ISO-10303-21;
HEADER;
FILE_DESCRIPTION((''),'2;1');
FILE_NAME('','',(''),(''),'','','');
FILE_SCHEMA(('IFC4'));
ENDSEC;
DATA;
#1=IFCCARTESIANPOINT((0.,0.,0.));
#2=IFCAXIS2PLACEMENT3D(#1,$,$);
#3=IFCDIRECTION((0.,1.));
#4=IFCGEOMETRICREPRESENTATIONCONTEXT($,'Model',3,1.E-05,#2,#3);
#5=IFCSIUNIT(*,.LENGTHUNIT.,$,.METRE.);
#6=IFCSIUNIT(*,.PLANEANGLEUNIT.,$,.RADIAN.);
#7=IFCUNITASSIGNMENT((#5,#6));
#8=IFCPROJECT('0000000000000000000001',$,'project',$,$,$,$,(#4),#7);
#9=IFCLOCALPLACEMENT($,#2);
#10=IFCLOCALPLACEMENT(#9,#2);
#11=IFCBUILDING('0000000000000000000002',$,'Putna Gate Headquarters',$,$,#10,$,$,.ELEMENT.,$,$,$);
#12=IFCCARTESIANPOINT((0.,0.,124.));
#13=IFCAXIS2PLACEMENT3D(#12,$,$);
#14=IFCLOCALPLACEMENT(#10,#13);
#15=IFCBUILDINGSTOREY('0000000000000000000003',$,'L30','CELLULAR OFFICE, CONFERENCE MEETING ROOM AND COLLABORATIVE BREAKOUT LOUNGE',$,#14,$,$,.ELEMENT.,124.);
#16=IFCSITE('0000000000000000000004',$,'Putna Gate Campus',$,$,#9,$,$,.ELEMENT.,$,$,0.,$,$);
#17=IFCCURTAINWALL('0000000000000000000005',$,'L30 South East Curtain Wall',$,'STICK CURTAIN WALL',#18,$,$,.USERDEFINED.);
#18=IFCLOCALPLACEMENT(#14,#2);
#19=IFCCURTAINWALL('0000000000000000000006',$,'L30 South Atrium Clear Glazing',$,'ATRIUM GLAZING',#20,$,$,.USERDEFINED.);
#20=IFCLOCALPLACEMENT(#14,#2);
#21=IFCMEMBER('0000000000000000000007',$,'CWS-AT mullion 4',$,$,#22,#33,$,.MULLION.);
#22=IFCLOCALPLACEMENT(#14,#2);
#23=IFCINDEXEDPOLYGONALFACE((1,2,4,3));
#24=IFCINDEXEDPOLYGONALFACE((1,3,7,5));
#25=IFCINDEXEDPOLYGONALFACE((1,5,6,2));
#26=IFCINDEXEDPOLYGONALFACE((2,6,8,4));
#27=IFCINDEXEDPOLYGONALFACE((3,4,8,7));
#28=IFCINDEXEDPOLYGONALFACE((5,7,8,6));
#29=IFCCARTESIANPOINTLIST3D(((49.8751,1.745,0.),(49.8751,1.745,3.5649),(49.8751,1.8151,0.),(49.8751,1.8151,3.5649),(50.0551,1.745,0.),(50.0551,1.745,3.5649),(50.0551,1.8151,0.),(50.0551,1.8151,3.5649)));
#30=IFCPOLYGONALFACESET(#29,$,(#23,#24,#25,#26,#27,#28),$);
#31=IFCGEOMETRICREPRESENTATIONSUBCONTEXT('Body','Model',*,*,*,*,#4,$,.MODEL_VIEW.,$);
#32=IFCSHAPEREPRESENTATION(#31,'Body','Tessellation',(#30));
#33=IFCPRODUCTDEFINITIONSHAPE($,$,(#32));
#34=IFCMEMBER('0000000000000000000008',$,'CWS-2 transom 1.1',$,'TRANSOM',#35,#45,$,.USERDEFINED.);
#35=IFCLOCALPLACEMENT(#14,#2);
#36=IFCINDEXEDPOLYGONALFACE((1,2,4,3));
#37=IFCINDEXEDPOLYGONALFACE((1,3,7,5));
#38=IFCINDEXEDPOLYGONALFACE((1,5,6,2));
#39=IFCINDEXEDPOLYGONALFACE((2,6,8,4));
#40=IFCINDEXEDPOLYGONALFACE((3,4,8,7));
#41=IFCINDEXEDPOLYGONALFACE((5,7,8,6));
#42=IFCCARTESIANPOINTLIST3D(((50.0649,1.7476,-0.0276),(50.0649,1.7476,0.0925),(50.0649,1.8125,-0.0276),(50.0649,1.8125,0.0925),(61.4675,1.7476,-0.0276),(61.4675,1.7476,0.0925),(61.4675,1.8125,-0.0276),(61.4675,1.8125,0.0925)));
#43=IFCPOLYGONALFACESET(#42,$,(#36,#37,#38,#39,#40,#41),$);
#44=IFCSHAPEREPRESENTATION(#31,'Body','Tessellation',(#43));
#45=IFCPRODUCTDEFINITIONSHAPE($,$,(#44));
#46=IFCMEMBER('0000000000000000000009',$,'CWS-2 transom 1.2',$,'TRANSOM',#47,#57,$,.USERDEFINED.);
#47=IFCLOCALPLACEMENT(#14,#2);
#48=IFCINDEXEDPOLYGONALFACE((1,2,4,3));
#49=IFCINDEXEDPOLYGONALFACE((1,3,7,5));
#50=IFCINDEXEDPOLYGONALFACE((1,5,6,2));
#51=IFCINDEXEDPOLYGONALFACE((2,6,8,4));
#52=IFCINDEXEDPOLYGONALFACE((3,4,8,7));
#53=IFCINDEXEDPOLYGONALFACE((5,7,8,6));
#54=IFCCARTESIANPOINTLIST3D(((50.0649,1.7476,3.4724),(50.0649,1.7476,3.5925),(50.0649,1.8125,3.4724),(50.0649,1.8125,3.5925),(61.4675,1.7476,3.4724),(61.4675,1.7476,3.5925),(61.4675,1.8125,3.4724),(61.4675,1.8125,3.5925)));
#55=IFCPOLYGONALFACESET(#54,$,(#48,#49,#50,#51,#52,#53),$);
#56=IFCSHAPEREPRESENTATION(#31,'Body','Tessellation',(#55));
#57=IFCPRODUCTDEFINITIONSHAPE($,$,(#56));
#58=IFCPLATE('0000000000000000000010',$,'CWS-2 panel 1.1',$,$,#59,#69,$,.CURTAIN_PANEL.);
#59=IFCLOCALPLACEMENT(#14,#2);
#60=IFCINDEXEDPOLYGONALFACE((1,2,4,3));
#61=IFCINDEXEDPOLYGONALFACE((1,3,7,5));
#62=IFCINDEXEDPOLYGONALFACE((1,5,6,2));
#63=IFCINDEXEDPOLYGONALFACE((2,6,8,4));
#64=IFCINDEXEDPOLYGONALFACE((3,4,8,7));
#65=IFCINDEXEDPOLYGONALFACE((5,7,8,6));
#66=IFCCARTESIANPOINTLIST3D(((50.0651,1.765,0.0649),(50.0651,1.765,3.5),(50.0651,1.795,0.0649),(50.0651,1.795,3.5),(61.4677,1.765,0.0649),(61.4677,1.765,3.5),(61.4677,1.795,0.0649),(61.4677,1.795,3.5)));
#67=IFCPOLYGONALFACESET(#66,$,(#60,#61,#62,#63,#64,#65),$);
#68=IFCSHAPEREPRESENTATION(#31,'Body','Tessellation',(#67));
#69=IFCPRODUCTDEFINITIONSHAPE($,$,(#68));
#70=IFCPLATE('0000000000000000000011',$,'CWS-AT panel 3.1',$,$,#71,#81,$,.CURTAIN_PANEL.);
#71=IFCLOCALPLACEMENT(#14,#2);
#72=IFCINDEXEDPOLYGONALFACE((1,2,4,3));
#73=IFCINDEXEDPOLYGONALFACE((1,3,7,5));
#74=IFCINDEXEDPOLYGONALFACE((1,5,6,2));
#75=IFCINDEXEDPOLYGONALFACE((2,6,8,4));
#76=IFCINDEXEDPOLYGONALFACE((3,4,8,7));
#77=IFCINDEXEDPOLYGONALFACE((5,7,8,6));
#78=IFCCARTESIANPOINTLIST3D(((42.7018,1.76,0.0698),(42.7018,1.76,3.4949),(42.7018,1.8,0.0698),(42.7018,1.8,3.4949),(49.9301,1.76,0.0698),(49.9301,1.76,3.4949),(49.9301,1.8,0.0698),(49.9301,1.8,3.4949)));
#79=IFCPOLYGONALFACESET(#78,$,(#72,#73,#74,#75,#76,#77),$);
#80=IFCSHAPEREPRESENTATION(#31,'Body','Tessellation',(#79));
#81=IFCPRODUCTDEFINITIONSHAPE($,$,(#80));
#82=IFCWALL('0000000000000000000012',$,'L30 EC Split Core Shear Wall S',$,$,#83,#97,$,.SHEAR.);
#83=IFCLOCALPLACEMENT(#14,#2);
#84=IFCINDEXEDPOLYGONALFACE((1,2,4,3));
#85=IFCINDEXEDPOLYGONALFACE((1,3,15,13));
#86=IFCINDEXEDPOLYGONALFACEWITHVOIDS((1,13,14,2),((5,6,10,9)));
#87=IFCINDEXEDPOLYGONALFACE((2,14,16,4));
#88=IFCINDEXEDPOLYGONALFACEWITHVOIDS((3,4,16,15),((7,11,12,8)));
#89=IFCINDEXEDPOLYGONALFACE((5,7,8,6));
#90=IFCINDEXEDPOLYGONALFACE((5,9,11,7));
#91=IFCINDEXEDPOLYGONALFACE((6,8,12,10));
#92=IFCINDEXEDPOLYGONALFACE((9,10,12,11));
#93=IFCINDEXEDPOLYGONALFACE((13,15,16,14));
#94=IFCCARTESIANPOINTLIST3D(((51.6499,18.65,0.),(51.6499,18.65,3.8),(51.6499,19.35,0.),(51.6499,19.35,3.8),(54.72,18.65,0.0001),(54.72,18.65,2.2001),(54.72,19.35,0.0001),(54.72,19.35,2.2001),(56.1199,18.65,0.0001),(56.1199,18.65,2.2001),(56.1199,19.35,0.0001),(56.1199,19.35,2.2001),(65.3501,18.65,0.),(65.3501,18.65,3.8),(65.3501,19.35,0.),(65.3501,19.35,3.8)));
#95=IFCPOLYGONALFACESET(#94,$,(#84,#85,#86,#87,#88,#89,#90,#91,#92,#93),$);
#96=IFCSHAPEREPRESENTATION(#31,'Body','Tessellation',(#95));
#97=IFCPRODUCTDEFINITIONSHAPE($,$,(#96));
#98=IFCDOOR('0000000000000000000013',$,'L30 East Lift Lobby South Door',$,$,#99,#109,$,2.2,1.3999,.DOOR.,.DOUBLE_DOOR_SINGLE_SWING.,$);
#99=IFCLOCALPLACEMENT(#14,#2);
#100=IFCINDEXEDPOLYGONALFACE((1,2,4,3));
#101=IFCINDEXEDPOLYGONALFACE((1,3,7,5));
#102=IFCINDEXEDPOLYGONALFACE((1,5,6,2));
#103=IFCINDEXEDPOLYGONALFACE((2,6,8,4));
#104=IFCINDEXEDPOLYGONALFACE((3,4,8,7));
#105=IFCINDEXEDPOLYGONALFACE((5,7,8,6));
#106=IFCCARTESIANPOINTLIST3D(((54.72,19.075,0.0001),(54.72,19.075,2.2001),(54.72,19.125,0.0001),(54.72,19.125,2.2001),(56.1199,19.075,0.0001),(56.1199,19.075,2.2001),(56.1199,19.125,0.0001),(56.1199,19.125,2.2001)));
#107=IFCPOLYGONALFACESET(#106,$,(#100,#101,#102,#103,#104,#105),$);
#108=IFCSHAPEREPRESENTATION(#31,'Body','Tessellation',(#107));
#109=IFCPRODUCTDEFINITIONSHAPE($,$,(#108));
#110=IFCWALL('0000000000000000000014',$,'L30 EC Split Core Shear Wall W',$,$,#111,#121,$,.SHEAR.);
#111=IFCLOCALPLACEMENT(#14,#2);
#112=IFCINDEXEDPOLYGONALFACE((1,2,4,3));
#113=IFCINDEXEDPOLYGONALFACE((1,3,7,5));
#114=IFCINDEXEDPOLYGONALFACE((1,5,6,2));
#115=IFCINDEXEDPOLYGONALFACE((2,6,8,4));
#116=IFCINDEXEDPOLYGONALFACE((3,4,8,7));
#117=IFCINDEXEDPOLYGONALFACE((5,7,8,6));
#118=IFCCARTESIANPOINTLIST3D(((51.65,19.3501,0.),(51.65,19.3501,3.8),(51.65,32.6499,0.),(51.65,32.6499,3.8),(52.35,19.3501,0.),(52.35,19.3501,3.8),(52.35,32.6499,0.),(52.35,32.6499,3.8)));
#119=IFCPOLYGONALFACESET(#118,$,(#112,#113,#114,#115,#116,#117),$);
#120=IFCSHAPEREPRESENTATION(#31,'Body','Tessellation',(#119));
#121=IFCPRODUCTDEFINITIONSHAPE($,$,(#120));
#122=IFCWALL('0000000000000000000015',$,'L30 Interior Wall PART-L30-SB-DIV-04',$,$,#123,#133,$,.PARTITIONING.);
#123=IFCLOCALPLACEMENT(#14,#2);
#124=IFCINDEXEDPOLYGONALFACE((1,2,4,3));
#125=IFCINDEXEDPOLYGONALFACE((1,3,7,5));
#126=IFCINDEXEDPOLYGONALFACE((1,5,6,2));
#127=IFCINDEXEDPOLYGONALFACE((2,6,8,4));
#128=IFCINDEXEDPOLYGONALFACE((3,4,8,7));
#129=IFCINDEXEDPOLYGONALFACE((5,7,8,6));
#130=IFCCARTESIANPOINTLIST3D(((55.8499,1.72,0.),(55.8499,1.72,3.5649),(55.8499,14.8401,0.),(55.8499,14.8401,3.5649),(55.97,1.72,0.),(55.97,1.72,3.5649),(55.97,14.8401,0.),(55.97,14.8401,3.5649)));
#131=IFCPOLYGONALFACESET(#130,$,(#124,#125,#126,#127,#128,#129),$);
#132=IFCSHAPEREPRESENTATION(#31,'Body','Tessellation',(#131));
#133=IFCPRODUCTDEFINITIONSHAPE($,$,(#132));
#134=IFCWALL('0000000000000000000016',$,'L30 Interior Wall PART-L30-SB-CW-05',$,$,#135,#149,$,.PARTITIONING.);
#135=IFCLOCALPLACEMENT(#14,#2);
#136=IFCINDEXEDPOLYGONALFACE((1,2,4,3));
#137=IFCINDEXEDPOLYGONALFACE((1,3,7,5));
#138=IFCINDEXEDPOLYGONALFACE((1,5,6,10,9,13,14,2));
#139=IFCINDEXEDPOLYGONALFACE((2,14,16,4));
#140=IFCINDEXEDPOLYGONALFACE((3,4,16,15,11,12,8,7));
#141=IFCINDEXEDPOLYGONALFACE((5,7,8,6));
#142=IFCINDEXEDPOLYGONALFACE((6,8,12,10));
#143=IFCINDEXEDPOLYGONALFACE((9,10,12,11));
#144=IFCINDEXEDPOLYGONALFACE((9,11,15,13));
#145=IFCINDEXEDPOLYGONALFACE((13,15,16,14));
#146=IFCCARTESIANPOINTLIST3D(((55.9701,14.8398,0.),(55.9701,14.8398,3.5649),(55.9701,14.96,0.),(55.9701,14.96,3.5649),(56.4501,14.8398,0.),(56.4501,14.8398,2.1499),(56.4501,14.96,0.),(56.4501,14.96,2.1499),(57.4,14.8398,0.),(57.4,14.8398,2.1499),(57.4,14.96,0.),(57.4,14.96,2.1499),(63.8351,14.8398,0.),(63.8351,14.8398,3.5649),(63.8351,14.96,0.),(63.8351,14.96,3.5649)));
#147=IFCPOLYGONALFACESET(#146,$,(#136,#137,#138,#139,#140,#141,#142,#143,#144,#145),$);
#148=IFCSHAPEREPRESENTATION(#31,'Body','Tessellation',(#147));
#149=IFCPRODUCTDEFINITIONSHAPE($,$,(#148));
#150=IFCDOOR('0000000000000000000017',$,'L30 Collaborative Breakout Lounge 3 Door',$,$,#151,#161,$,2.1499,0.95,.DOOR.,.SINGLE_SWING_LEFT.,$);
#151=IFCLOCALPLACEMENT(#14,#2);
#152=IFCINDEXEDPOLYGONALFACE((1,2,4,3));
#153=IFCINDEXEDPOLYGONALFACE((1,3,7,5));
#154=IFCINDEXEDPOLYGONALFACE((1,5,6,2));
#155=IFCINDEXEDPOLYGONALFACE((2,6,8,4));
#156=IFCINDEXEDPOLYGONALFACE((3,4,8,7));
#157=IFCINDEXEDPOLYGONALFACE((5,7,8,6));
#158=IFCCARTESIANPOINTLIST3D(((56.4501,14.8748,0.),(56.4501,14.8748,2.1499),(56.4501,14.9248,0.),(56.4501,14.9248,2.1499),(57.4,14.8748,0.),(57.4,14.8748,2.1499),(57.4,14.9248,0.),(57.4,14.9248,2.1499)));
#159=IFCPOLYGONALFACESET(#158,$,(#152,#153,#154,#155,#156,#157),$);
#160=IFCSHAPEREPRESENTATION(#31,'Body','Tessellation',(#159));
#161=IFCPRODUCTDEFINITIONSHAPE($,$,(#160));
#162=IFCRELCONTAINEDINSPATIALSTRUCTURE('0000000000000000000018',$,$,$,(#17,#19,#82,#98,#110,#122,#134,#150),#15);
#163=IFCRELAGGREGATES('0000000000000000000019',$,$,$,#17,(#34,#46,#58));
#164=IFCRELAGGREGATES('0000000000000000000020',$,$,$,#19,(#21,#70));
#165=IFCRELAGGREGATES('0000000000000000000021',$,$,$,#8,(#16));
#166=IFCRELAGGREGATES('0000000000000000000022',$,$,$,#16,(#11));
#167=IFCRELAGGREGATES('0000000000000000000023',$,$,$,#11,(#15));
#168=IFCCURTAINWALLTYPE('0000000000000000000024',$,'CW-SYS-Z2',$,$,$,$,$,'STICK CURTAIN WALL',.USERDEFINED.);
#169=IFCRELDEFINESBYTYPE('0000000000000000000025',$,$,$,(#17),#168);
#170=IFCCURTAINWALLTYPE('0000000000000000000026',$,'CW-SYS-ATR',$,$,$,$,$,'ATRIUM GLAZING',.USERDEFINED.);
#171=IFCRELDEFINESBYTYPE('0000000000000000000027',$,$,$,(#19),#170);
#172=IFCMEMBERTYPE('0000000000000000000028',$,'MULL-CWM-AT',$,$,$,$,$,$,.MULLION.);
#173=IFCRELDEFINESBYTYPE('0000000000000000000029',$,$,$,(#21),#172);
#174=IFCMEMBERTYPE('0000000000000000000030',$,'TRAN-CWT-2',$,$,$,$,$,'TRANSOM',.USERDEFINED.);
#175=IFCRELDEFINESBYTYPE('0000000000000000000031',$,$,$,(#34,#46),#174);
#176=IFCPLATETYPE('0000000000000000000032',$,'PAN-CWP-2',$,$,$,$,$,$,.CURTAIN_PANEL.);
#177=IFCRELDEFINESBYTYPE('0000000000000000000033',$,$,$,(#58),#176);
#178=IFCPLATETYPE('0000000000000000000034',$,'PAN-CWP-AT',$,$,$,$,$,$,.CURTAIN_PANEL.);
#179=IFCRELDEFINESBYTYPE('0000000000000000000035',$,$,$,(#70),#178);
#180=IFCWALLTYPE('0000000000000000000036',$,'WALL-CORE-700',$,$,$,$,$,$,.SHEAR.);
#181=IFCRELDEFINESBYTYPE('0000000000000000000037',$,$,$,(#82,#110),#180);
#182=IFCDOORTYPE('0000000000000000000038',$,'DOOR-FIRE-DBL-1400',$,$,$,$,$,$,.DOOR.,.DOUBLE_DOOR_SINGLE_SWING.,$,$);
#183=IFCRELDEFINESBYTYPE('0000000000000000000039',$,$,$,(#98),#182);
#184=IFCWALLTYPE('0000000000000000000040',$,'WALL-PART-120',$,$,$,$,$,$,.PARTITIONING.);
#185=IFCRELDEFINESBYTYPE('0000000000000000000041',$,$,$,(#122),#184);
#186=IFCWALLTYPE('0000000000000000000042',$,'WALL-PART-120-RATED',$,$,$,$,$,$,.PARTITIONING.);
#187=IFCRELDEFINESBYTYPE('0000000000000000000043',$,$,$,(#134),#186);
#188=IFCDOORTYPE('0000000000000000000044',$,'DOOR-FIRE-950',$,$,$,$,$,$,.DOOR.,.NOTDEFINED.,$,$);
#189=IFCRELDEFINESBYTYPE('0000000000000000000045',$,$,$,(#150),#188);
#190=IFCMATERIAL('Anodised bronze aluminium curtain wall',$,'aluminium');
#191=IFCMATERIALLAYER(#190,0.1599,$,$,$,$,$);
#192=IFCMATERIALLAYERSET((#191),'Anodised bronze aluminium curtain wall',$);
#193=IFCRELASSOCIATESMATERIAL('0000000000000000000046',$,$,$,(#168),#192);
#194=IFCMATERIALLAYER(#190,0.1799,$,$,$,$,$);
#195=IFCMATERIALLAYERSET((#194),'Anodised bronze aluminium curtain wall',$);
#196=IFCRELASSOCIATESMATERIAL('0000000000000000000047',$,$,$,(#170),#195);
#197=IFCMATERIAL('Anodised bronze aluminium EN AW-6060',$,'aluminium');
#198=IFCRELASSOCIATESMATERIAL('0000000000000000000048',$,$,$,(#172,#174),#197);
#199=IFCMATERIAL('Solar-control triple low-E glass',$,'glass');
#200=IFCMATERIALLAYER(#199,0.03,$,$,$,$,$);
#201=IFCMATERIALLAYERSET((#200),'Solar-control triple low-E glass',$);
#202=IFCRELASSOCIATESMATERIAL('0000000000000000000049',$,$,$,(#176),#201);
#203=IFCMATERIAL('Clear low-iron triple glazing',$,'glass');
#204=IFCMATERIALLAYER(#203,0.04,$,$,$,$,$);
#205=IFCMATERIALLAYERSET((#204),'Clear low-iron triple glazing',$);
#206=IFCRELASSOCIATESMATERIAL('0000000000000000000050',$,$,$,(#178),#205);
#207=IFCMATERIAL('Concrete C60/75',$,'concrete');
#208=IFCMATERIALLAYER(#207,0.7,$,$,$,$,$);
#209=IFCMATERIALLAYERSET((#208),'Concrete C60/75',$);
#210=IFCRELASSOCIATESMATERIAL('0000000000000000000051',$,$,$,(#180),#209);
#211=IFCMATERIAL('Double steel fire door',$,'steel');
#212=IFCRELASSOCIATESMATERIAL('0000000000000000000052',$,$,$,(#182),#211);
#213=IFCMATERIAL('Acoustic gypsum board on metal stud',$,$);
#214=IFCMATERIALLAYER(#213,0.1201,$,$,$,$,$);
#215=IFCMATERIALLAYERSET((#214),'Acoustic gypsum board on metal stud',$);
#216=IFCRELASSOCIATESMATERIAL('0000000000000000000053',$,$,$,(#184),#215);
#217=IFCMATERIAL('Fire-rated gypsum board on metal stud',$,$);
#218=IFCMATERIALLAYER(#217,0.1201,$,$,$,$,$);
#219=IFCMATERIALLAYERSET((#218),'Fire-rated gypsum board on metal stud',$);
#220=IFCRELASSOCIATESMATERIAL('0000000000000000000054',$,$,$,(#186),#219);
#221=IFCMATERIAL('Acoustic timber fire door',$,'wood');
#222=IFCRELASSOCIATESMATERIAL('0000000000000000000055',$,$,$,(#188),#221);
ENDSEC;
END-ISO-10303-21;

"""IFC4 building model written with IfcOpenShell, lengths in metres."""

from ifc_helpers import new_model, si_unit, direction, frame, frame_2d, origin, origin_2d, place, context, subcontext, project, spatial, rectangle, extrude, material, layer, layer_set, material_profile, profile_set, type_object, element, fill, aggregate, save


model = new_model("IFC4")

# Units and contexts
model_context = context("Model", 3, precision=1e-05, world=origin(), true_north=direction((0.0, 1.0)))
body_context = subcontext(model_context, "Body", "Model", "MODEL_VIEW")
ifc_project = project(units=[si_unit("LENGTHUNIT", "METRE"), si_unit("PLANEANGLEUNIT", "RADIAN")], contexts=[model_context])

# Site, building, storey
site_placement = place(None, origin())
site = spatial("IfcSite", under=ifc_project, at=site_placement, Name="Putna Gate Campus", CompositionType="ELEMENT", RefElevation=0.0)
building_placement = place(site_placement, origin())
building = spatial("IfcBuilding", under=site, at=building_placement, Name="Putna Gate Headquarters", CompositionType="ELEMENT")
storey_placement = place(building_placement, frame((0.0, 0.0, 124.0)))
storey = spatial("IfcBuildingStorey", under=building, at=storey_placement, Name="L30", Description="CELLULAR OFFICE, CONFERENCE MEETING ROOM AND COLLABORATIVE BREAKOUT LOUNGE", CompositionType="ELEMENT", Elevation=124.0)

# Shared definitions
ifc_material_1 = material(Name="Concrete C60/75", Category="concrete")

# Curtain walls, member
ifc_material_2 = material(Name="Anodised bronze aluminium curtain wall", Category="aluminium")
ifc_layer_1 = layer(ifc_material_2, 0.1599)
ifc_layer_set_1 = layer_set([ifc_layer_1], Name="Anodised bronze aluminium curtain wall")
curtain_wall_type_1 = type_object("IfcCurtainWallType", Name="CW-SYS-Z2", ElementType="STICK CURTAIN WALL", PredefinedType="USERDEFINED", material=ifc_layer_set_1)
curtain_wall_1_placement = place(storey_placement, origin())
curtain_wall_1 = element("IfcCurtainWall", 1, at=curtain_wall_1_placement, inside=storey, type_object=curtain_wall_type_1, Name="L30 South East Curtain Wall", ObjectType="STICK CURTAIN WALL", PredefinedType="USERDEFINED")
ifc_material_3 = material(Name="Anodised bronze aluminium EN AW-6060", Category="aluminium")
ifc_layer_2 = layer(ifc_material_2, 0.1799)
ifc_layer_set_2 = layer_set([ifc_layer_2], Name="Anodised bronze aluminium curtain wall")
curtain_wall_type_2 = type_object("IfcCurtainWallType", Name="CW-SYS-ATR", ElementType="ATRIUM GLAZING", PredefinedType="USERDEFINED", material=ifc_layer_set_2)
curtain_wall_2_placement = place(storey_placement, origin())
curtain_wall_2 = element("IfcCurtainWall", 2, at=curtain_wall_2_placement, inside=storey, type_object=curtain_wall_type_2, Name="L30 South Atrium Clear Glazing", ObjectType="ATRIUM GLAZING", PredefinedType="USERDEFINED")
ifc_material_profile_1 = material_profile(ifc_material_3, rectangle(XDim=0.0701, YDim=0.1799, at=origin_2d()), Name="Anodised bronze aluminium EN AW-6060")
ifc_profile_set_1 = profile_set([ifc_material_profile_1], Name="Anodised bronze aluminium EN AW-6060")
member_type_1 = type_object("IfcMemberType", Name="MULL-CWM-AT", PredefinedType="MULLION", material=ifc_profile_set_1)
member_1_placement = place(storey_placement, frame((49.9651, 1.78, 0.0), z_axis=(0.0, 0.0, 1.0), x_axis=(0.0, 1.0, 0.0)))
member_1 = element("IfcMember", 3, at=member_1_placement, type_object=member_type_1, Name="CWS-AT mullion 4", PredefinedType="MULLION", context=body_context, shape_type="SweptSolid", body=[
    extrude(rectangle(XDim=0.0701, YDim=0.1799, at=origin_2d()), origin(), (0.0, 0.0, 1.0), 3.5649),
])

# Members
ifc_material_profile_2 = material_profile(ifc_material_3, rectangle(XDim=0.0649, YDim=0.1201, at=origin_2d()), Name="Anodised bronze aluminium EN AW-6060")
ifc_profile_set_2 = profile_set([ifc_material_profile_2], Name="Anodised bronze aluminium EN AW-6060")
member_type_2 = type_object("IfcMemberType", Name="TRAN-CWT-2", ElementType="TRANSOM", PredefinedType="USERDEFINED", material=ifc_profile_set_2)
member_2_placement = place(storey_placement, frame((50.0649, 1.78, 0.0325), z_axis=(1.0, 0.0, 0.0), x_axis=(0.0, 1.0, 0.0)))
member_2 = element("IfcMember", 4, at=member_2_placement, type_object=member_type_2, Name="CWS-2 transom 1.1", ObjectType="TRANSOM", PredefinedType="USERDEFINED", context=body_context, shape_type="SweptSolid", body=[
    extrude(rectangle(XDim=0.0649, YDim=0.1201, at=origin_2d()), origin(), (0.0, 0.0, 1.0), 11.4026),
])
member_3_placement = place(storey_placement, frame((50.0649, 1.78, 3.5325), z_axis=(1.0, 0.0, 0.0), x_axis=(0.0, 1.0, 0.0)))
member_3 = element("IfcMember", 5, at=member_3_placement, type_object=member_type_2, Name="CWS-2 transom 1.2", ObjectType="TRANSOM", PredefinedType="USERDEFINED", context=body_context, shape_type="SweptSolid", body=[
    extrude(rectangle(XDim=0.0649, YDim=0.1201, at=origin_2d()), origin(), (0.0, 0.0, 1.0), 11.4026),
])

# Plates
ifc_material_4 = material(Name="Solar-control triple low-E glass", Category="glass")
ifc_layer_3 = layer(ifc_material_4, 0.03)
ifc_layer_set_3 = layer_set([ifc_layer_3], Name="Solar-control triple low-E glass")
plate_type_1 = type_object("IfcPlateType", Name="PAN-CWP-2", PredefinedType="CURTAIN_PANEL", material=ifc_layer_set_3)
plate_1_placement = place(storey_placement, frame((55.7664, 1.78, 0.0649), z_axis=(0.0, 0.0, 1.0), x_axis=(1.0, 0.0, 0.0)))
plate_1 = element("IfcPlate", 6, at=plate_1_placement, type_object=plate_type_1, Name="CWS-2 panel 1.1", PredefinedType="CURTAIN_PANEL", context=body_context, shape_type="SweptSolid", body=[
    extrude(rectangle(XDim=11.4026, YDim=0.03, at=origin_2d()), origin(), (0.0, 0.0, 1.0), 3.4351),
])
aggregate(curtain_wall_1, [member_2, member_3, plate_1])
ifc_material_5 = material(Name="Clear low-iron triple glazing", Category="glass")
ifc_layer_4 = layer(ifc_material_5, 0.04)
ifc_layer_set_4 = layer_set([ifc_layer_4], Name="Clear low-iron triple glazing")
plate_type_2 = type_object("IfcPlateType", Name="PAN-CWP-AT", PredefinedType="CURTAIN_PANEL", material=ifc_layer_set_4)
plate_2_placement = place(storey_placement, frame((46.3159, 1.78, 0.0698), z_axis=(0.0, 0.0, 1.0), x_axis=(1.0, 0.0, 0.0)))
plate_2 = element("IfcPlate", 7, at=plate_2_placement, type_object=plate_type_2, Name="CWS-AT panel 3.1", PredefinedType="CURTAIN_PANEL", context=body_context, shape_type="SweptSolid", body=[
    extrude(rectangle(XDim=7.2283, YDim=0.04, at=origin_2d()), origin(), (0.0, 0.0, 1.0), 3.425),
])
aggregate(curtain_wall_2, [member_1, plate_2])

# Wall, opening, door
ifc_layer_5 = layer(ifc_material_1, 0.7)
ifc_layer_set_5 = layer_set([ifc_layer_5], Name="Concrete C60/75")
wall_type_1 = type_object("IfcWallType", Name="WALL-CORE-700", PredefinedType="SHEAR", material=ifc_layer_set_5)
wall_1_placement = place(storey_placement, frame((51.6499, 19.0, 0.0), z_axis=(0.0, 0.0, 1.0), x_axis=(1.0, 0.0, 0.0)))
wall_1 = element("IfcWall", 8, at=wall_1_placement, inside=storey, type_object=wall_type_1, Name="L30 EC Split Core Shear Wall S", PredefinedType="SHEAR", context=body_context, shape_type="SweptSolid", body=[
    extrude(rectangle(XDim=13.7002, YDim=0.7, at=frame_2d((6.8501, 0.0))), origin(), (0.0, 0.0, 1.0), 3.8),
])
opening_1_placement = place(wall_1_placement, frame((3.0701, 0.0, 0.0)))
opening_1 = element("IfcOpeningElement", 9, at=opening_1_placement, cuts=wall_1, PredefinedType="OPENING", context=body_context, shape_type="SweptSolid", body=[
    extrude(rectangle(XDim=1.3999, YDim=2.2, at=frame_2d((0.7, 1.1001))), frame((0.0, 0.3599, 0.0), z_axis=(0.0, -1.0, 0.0), x_axis=(1.0, 0.0, 0.0)), (0.0, 0.0, 1.0), 0.72),
])
ifc_material_6 = material(Name="Double steel fire door", Category="steel")
door_type_1 = type_object("IfcDoorType", Name="DOOR-FIRE-DBL-1400", OperationType="DOUBLE_DOOR_SINGLE_SWING", PredefinedType="DOOR", material=ifc_material_6)
door_1_placement = place(opening_1_placement, origin())
door_1 = element("IfcDoor", 10, at=door_1_placement, inside=storey, type_object=door_type_1, Name="L30 East Lift Lobby South Door", OperationType="DOUBLE_DOOR_SINGLE_SWING", OverallHeight=2.2, OverallWidth=1.3999, PredefinedType="DOOR", context=body_context, shape_type="SweptSolid", body=[
    extrude(rectangle(XDim=1.3999, YDim=2.2, at=frame_2d((0.7, 1.1001))), frame((0.0, 0.125, 0.0), z_axis=(0.0, -1.0, 0.0), x_axis=(1.0, 0.0, 0.0)), (0.0, 0.0, 1.0), 0.05),
])
fill(opening_1, door_1)

# Walls
wall_2_placement = place(storey_placement, frame((52.0, 19.3501, 0.0), z_axis=(0.0, 0.0, 1.0), x_axis=(0.0, 1.0, 0.0)))
element("IfcWall", 11, at=wall_2_placement, inside=storey, type_object=wall_type_1, Name="L30 EC Split Core Shear Wall W", PredefinedType="SHEAR", context=body_context, shape_type="SweptSolid", body=[
    extrude(rectangle(XDim=13.2998, YDim=0.7, at=frame_2d((6.6499, 0.0))), origin(), (0.0, 0.0, 1.0), 3.8),
])
ifc_material_7 = material(Name="Acoustic gypsum board on metal stud")
ifc_layer_6 = layer(ifc_material_7, 0.1201)
ifc_layer_set_6 = layer_set([ifc_layer_6], Name="Acoustic gypsum board on metal stud")
wall_type_2 = type_object("IfcWallType", Name="WALL-PART-120", PredefinedType="PARTITIONING", material=ifc_layer_set_6)
wall_3_placement = place(storey_placement, frame((55.9099, 1.72, 0.0), z_axis=(0.0, 0.0, 1.0), x_axis=(0.0, 1.0, 0.0)))
element("IfcWall", 12, at=wall_3_placement, inside=storey, type_object=wall_type_2, Name="L30 Interior Wall PART-L30-SB-DIV-04", PredefinedType="PARTITIONING", context=body_context, shape_type="SweptSolid", body=[
    extrude(rectangle(XDim=13.1201, YDim=0.1201, at=frame_2d((6.5601, 0.0))), origin(), (0.0, 0.0, 1.0), 3.5649),
])

# Wall, opening, door
ifc_material_8 = material(Name="Fire-rated gypsum board on metal stud")
ifc_layer_7 = layer(ifc_material_8, 0.1201)
ifc_layer_set_7 = layer_set([ifc_layer_7], Name="Fire-rated gypsum board on metal stud")
wall_type_3 = type_object("IfcWallType", Name="WALL-PART-120-RATED", PredefinedType="PARTITIONING", material=ifc_layer_set_7)
wall_4_placement = place(storey_placement, frame((55.97, 14.8999, 0.0), z_axis=(0.0, 0.0, 1.0), x_axis=(1.0, 0.0, 0.0)))
wall_4 = element("IfcWall", 13, at=wall_4_placement, inside=storey, type_object=wall_type_3, Name="L30 Interior Wall PART-L30-SB-CW-05", PredefinedType="PARTITIONING", context=body_context, shape_type="SweptSolid", body=[
    extrude(rectangle(XDim=7.865, YDim=0.1201, at=frame_2d((3.9326, 0.0))), origin(), (0.0, 0.0, 1.0), 3.5649),
])
opening_2_placement = place(wall_4_placement, frame((0.48, 0.0, 0.0)))
opening_2 = element("IfcOpeningElement", 14, at=opening_2_placement, cuts=wall_4, PredefinedType="OPENING", context=body_context, shape_type="SweptSolid", body=[
    extrude(rectangle(XDim=0.95, YDim=2.1499, at=frame_2d((0.4751, 1.075))), frame((0.0, 0.0701, 0.0), z_axis=(0.0, -1.0, 0.0), x_axis=(1.0, 0.0, 0.0)), (0.0, 0.0, 1.0), 0.1401),
])
ifc_material_9 = material(Name="Acoustic timber fire door", Category="wood")
door_type_2 = type_object("IfcDoorType", Name="DOOR-FIRE-950", OperationType="NOTDEFINED", PredefinedType="DOOR", material=ifc_material_9)
door_2_placement = place(opening_2_placement, origin())
door_2 = element("IfcDoor", 15, at=door_2_placement, inside=storey, type_object=door_type_2, Name="L30 Collaborative Breakout Lounge 3 Door", OperationType="SINGLE_SWING_LEFT", OverallHeight=2.1499, OverallWidth=0.95, PredefinedType="DOOR", context=body_context, shape_type="SweptSolid", body=[
    extrude(rectangle(XDim=0.95, YDim=2.1499, at=frame_2d((0.4751, 1.075))), frame((0.0, 0.0249, 0.0), z_axis=(0.0, -1.0, 0.0), x_axis=(1.0, 0.0, 0.0)), (0.0, 0.0, 1.0), 0.05),
])
fill(opening_2, door_2)

save(model, "model.ifc")
